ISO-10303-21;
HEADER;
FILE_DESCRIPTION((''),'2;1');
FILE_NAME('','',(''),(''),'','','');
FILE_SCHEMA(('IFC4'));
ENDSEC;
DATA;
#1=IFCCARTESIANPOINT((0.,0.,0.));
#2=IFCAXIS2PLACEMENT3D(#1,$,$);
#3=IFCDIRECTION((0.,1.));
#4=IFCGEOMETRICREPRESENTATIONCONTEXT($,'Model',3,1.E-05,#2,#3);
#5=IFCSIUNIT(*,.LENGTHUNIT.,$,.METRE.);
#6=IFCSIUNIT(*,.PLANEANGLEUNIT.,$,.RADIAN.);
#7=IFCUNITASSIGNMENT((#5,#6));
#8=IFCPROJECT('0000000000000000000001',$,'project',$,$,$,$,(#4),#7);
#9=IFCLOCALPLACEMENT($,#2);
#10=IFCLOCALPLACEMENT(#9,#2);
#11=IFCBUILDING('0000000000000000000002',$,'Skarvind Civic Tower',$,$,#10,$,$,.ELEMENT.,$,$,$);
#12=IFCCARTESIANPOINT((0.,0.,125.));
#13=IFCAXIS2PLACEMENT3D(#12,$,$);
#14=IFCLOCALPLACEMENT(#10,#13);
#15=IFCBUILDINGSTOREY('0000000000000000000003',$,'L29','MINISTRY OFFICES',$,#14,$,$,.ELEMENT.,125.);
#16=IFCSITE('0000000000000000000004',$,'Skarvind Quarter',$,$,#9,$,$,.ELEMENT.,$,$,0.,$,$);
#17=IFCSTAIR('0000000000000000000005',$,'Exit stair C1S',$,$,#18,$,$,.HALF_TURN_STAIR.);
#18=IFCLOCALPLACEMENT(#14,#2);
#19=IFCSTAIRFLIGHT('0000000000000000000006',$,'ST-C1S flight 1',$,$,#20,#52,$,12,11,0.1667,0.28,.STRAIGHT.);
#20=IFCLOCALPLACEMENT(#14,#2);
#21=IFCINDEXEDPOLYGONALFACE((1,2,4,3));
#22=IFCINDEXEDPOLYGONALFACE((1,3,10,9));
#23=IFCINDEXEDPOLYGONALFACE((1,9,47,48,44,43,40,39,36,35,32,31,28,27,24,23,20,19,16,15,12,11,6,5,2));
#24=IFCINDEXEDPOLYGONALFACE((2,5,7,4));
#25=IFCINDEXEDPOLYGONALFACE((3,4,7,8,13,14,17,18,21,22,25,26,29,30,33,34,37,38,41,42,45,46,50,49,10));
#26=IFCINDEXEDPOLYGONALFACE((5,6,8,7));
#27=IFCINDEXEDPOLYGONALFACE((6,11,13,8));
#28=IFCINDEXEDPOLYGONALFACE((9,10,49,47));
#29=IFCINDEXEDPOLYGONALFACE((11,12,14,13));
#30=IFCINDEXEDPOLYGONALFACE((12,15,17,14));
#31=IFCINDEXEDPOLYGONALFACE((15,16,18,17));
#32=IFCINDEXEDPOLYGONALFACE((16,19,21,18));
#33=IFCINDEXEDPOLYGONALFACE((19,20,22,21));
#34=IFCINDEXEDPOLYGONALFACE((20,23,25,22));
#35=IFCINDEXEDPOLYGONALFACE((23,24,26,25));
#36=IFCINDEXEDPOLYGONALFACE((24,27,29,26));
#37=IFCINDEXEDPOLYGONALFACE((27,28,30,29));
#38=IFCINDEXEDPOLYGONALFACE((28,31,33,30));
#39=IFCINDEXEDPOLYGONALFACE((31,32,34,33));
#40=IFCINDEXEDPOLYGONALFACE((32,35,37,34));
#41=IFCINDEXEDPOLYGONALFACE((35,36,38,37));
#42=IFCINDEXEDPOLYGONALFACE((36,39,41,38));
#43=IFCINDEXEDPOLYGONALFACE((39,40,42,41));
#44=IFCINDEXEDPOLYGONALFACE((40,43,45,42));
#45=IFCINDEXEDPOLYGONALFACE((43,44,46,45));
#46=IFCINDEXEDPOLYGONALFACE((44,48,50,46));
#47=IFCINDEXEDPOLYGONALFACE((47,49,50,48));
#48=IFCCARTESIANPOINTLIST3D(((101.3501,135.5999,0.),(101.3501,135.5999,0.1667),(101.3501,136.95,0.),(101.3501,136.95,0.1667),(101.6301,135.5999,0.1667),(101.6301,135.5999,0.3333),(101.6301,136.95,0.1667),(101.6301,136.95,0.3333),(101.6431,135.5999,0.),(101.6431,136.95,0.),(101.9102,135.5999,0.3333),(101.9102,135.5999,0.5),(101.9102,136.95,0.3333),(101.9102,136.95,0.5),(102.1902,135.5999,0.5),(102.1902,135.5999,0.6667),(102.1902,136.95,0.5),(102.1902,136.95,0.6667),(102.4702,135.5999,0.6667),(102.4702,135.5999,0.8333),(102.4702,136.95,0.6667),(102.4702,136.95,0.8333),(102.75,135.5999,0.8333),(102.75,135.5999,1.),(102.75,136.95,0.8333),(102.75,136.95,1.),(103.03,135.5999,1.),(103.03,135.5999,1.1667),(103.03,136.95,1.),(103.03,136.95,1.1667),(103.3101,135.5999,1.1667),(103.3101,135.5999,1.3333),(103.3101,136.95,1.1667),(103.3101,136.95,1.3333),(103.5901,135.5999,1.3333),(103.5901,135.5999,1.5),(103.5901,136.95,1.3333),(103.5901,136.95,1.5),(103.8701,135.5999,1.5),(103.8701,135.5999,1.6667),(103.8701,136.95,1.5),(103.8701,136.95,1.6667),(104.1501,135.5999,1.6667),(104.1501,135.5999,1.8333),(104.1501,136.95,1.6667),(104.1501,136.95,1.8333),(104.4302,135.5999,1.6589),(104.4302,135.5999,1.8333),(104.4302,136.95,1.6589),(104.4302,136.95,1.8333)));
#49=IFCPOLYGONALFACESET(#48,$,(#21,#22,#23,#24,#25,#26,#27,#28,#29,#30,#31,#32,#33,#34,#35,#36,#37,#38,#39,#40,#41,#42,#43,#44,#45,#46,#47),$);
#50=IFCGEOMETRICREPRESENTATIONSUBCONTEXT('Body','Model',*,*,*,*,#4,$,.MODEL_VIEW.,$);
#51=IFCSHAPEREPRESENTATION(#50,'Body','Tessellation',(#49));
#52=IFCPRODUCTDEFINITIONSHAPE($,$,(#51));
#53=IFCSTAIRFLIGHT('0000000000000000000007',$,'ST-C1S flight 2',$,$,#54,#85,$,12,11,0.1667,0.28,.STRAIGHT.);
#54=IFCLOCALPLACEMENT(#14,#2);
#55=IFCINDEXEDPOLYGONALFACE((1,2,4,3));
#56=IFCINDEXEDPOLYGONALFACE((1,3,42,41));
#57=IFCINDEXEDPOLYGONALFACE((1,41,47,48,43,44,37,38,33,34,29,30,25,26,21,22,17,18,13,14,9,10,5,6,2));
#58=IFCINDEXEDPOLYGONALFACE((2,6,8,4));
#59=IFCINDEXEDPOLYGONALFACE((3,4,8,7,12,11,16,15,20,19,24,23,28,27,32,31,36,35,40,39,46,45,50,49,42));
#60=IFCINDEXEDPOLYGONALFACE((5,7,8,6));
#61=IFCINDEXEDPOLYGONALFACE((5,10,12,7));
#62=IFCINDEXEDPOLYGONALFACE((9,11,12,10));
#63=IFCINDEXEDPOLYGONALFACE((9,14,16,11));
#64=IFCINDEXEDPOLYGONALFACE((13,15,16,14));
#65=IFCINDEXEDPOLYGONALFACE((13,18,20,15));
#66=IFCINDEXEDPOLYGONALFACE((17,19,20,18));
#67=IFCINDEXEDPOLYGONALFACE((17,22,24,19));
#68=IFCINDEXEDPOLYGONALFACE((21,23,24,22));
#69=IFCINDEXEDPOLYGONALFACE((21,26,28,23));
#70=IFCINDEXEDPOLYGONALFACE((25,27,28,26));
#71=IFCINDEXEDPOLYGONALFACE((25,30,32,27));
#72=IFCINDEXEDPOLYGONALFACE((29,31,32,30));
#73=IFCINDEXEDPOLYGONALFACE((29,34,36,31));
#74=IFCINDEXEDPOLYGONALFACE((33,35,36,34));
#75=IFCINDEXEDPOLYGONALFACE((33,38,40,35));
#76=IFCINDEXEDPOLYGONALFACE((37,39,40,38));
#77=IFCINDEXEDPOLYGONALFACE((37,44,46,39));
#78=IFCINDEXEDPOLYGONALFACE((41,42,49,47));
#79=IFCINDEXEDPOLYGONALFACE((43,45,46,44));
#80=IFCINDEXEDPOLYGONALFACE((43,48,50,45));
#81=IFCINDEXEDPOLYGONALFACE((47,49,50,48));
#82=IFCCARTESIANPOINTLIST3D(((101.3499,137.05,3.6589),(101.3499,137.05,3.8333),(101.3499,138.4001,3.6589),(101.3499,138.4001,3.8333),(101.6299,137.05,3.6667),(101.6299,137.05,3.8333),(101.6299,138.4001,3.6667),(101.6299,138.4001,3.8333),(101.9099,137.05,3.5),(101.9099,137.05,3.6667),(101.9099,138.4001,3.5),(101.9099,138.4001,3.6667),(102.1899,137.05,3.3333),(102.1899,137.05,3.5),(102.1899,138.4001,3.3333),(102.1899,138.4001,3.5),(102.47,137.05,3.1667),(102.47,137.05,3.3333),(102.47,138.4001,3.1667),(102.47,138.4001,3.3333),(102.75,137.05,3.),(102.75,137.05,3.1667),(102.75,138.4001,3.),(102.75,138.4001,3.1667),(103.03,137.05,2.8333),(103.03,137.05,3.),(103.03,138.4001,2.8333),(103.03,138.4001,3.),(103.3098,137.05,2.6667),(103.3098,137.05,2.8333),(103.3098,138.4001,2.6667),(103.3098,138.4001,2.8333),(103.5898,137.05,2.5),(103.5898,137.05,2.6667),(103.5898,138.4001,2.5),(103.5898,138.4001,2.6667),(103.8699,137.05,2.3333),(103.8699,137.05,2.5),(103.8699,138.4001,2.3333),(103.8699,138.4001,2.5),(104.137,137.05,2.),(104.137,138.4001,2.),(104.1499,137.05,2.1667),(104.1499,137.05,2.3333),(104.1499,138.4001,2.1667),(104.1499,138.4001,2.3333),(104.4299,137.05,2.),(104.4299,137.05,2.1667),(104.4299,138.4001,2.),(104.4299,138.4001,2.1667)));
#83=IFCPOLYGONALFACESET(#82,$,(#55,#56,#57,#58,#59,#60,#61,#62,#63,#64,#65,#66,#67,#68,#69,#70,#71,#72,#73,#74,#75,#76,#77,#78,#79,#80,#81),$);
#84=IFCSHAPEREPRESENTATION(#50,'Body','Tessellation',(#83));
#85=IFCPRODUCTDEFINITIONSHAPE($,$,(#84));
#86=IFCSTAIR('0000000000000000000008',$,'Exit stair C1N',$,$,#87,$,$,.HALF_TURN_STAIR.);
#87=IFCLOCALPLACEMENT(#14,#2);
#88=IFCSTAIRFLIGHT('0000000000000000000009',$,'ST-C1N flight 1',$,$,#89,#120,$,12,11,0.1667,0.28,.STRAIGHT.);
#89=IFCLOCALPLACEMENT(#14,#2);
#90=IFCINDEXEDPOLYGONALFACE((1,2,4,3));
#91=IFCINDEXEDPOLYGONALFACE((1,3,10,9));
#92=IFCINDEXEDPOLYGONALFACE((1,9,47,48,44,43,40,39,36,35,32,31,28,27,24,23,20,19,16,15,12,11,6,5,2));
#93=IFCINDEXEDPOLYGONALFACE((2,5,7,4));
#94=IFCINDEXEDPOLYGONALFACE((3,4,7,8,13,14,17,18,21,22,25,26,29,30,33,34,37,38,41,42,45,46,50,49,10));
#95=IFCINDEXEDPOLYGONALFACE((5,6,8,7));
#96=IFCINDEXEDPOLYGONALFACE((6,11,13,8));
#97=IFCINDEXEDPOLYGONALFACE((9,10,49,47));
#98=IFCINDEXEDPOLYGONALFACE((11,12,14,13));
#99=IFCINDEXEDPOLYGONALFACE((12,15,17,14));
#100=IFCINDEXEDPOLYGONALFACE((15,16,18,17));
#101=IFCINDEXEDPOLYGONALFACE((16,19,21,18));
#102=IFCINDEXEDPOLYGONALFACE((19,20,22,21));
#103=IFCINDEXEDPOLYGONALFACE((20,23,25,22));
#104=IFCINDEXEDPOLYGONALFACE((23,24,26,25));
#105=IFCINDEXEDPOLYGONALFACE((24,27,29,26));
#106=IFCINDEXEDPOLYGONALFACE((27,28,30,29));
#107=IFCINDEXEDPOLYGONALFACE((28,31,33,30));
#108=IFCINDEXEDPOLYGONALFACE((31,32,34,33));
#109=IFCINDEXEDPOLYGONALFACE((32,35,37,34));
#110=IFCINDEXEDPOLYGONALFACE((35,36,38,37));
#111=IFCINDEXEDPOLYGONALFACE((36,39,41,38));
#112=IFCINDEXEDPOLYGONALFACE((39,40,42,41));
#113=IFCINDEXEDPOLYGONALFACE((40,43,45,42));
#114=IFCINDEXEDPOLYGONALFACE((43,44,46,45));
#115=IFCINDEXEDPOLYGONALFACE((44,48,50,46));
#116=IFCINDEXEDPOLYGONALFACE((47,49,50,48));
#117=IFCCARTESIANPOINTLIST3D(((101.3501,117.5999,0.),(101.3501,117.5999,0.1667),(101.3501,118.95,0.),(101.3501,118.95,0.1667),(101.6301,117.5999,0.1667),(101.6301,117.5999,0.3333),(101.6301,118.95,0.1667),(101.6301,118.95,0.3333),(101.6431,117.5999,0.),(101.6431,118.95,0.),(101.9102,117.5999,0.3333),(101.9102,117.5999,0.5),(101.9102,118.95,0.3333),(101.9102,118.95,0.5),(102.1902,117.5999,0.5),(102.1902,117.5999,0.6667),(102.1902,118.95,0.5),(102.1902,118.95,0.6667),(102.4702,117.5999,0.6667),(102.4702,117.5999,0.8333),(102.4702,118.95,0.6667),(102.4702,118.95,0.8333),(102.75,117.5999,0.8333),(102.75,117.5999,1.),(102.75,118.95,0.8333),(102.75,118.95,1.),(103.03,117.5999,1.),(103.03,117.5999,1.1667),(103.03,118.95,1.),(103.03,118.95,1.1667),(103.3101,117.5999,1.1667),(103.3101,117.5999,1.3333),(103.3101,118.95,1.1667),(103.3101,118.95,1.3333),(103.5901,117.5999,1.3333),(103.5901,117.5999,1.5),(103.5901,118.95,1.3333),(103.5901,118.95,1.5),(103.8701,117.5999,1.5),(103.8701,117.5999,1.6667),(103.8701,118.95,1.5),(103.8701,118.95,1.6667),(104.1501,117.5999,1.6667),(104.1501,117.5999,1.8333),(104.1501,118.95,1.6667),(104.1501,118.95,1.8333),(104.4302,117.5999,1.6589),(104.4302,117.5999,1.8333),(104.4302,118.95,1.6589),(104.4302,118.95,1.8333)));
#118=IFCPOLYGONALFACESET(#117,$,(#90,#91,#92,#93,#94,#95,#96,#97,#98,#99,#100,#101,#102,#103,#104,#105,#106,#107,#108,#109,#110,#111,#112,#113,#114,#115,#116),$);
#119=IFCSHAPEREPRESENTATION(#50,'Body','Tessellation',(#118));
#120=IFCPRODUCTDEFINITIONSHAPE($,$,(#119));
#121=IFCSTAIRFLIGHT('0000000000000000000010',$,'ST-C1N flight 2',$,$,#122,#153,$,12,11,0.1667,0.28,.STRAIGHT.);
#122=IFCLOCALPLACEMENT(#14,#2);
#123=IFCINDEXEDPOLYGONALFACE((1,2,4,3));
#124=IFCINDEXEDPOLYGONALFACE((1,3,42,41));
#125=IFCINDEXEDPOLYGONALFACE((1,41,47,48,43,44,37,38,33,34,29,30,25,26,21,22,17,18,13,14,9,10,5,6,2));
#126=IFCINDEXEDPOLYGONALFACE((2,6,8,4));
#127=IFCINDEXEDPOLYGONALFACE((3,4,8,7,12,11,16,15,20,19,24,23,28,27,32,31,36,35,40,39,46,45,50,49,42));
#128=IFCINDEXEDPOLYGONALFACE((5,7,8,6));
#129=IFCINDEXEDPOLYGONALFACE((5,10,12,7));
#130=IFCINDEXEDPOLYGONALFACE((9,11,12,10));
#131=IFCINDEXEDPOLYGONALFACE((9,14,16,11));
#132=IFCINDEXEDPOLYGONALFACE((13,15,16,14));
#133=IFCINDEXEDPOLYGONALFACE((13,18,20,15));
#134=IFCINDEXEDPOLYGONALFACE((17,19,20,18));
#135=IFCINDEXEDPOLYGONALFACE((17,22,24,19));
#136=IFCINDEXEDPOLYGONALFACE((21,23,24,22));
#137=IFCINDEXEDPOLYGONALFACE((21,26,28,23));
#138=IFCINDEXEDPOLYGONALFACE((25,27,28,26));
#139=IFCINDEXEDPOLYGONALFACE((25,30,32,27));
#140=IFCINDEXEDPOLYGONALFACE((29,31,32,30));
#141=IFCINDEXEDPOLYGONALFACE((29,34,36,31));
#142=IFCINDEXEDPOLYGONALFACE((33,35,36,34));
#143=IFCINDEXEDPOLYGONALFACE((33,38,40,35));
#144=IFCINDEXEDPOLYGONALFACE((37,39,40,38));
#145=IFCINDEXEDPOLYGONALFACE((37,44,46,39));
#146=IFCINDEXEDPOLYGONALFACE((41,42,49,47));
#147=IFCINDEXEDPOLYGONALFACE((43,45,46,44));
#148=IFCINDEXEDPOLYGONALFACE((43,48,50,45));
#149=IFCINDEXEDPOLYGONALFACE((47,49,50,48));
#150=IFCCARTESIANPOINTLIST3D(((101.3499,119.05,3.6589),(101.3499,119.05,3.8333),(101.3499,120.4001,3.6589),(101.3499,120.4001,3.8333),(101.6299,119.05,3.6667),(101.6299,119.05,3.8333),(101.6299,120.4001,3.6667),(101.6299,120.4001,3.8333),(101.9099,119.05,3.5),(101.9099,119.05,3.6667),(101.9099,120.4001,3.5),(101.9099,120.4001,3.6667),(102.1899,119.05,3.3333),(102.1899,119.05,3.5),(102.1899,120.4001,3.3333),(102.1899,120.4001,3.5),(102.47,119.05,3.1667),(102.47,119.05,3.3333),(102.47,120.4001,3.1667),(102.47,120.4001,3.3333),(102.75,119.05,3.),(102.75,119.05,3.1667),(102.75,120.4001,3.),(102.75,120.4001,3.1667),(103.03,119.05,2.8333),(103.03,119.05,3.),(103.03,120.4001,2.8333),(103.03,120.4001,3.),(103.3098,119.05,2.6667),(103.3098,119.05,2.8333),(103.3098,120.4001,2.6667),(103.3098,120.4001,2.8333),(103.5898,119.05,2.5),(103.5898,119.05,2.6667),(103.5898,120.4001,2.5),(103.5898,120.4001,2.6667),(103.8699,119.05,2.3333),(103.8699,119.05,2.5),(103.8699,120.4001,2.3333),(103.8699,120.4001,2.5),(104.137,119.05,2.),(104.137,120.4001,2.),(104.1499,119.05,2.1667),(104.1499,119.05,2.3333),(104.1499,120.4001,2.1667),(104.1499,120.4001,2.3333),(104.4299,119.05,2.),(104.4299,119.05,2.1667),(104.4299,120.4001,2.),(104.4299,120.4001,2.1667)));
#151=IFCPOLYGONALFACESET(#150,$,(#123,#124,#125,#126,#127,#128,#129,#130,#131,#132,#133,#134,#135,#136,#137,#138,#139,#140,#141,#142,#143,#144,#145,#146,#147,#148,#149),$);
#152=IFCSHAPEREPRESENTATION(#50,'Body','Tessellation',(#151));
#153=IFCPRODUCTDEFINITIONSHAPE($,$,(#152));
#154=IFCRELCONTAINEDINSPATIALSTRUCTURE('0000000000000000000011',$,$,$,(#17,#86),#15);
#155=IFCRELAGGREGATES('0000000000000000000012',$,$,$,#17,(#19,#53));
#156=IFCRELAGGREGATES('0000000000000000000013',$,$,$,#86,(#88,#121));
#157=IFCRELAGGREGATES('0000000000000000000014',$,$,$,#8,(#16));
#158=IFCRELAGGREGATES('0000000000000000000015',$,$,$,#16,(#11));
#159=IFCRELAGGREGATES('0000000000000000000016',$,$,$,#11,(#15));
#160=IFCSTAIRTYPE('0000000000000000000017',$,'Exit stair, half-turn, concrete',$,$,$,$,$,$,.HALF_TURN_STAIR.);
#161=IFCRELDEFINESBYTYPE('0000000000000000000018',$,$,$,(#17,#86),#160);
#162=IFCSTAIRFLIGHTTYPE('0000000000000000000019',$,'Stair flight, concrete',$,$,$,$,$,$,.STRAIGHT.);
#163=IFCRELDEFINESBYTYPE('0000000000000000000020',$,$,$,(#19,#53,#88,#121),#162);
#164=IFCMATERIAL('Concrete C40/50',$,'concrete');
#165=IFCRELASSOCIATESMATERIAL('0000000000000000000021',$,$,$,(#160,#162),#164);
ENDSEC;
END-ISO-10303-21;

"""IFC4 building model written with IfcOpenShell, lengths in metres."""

from ifc_helpers import new_model, si_unit, direction, frame, origin, place, context, subcontext, project, spatial, polyline, outline, extrude, material, type_object, element, aggregate, save


model = new_model("IFC4")

# Units and contexts
model_context = context("Model", 3, precision=1e-05, world=origin(), true_north=direction((0.0, 1.0)))
body_context = subcontext(model_context, "Body", "Model", "MODEL_VIEW")
ifc_project = project(units=[si_unit("LENGTHUNIT", "METRE"), si_unit("PLANEANGLEUNIT", "RADIAN")], contexts=[model_context])

# Site, building, storey
site_placement = place(None, origin())
site = spatial("IfcSite", under=ifc_project, at=site_placement, Name="Skarvind Quarter", CompositionType="ELEMENT", RefElevation=0.0)
building_placement = place(site_placement, origin())
building = spatial("IfcBuilding", under=site, at=building_placement, Name="Skarvind Civic Tower", CompositionType="ELEMENT")
storey_placement = place(building_placement, frame((0.0, 0.0, 125.0)))
storey = spatial("IfcBuildingStorey", under=building, at=storey_placement, Name="L29", Description="MINISTRY OFFICES", CompositionType="ELEMENT", Elevation=125.0)

# Stairs, stair flights
ifc_material_1 = material(Name="Concrete C40/50", Category="concrete")
stair_type = type_object("IfcStairType", Name="Exit stair, half-turn, concrete", PredefinedType="HALF_TURN_STAIR", material=ifc_material_1)
stair_1_placement = place(storey_placement, origin())
stair_1 = element("IfcStair", 1, at=stair_1_placement, inside=storey, type_object=stair_type, Name="Exit stair C1S", PredefinedType="HALF_TURN_STAIR")
stair_flight_type = type_object("IfcStairFlightType", Name="Stair flight, concrete", PredefinedType="STRAIGHT", material=ifc_material_1)
stair_flight_1_placement = place(storey_placement, frame((101.3501, 136.2749, 0.0), z_axis=(0.0, 0.0, 1.0), x_axis=(1.0, 0.0, 0.0)))
stair_flight_1 = element("IfcStairFlight", 2, at=stair_flight_1_placement, type_object=stair_flight_type, Name="ST-C1S flight 1", NumberOfRisers=12, NumberOfTreads=11, PredefinedType="STRAIGHT", RiserHeight=0.1667, TreadLength=0.28, context=body_context, shape_type="SweptSolid", body=[
    extrude(outline(polyline([(0.0, 0.0), (0.0, 0.1667), (0.28, 0.1667), (0.28, 0.3333), (0.5601, 0.3333), (0.5601, 0.5), (0.8401, 0.5), (0.8401, 0.6667), (1.1201, 0.6667), (1.1201, 0.8333), (1.3999, 0.8333), (1.3999, 1.0), (1.6799, 1.0), (1.6799, 1.1667), (1.96, 1.1667), (1.96, 1.3333), (2.24, 1.3333), (2.24, 1.5), (2.52, 1.5), (2.52, 1.6667), (2.8, 1.6667), (2.8, 1.8333), (3.0801, 1.8333), (3.0801, 2.0), (3.0801, 1.6589), (0.293, 0.0), (0.0, 0.0)])), frame((0.0, 0.675, 0.0), z_axis=(0.0, -1.0, 0.0), x_axis=(1.0, 0.0, 0.0)), (0.0, 0.0, 1.0), 1.3501),
])
stair_flight_2_placement = place(storey_placement, frame((104.4299, 137.7251, 2.0), z_axis=(0.0, 0.0, 1.0), x_axis=(-1.0, 0.0, 0.0)))
stair_flight_2 = element("IfcStairFlight", 3, at=stair_flight_2_placement, type_object=stair_flight_type, Name="ST-C1S flight 2", NumberOfRisers=12, NumberOfTreads=11, PredefinedType="STRAIGHT", RiserHeight=0.1667, TreadLength=0.28, context=body_context, shape_type="SweptSolid", body=[
    extrude(outline(polyline([(0.0, 0.0), (0.0, 0.1667), (0.28, 0.1667), (0.28, 0.3333), (0.5601, 0.3333), (0.5601, 0.5), (0.8401, 0.5), (0.8401, 0.6667), (1.1201, 0.6667), (1.1201, 0.8333), (1.3999, 0.8333), (1.3999, 1.0), (1.6799, 1.0), (1.6799, 1.1667), (1.96, 1.1667), (1.96, 1.3333), (2.24, 1.3333), (2.24, 1.5), (2.52, 1.5), (2.52, 1.6667), (2.8, 1.6667), (2.8, 1.8333), (3.0801, 1.8333), (3.0801, 2.0), (3.0801, 1.6589), (0.293, 0.0), (0.0, 0.0)])), frame((0.0, 0.675, 0.0), z_axis=(0.0, -1.0, 0.0), x_axis=(1.0, 0.0, 0.0)), (0.0, 0.0, 1.0), 1.3501),
])
aggregate(stair_1, [stair_flight_1, stair_flight_2])
stair_2_placement = place(storey_placement, origin())
stair_2 = element("IfcStair", 4, at=stair_2_placement, inside=storey, type_object=stair_type, Name="Exit stair C1N", PredefinedType="HALF_TURN_STAIR")
stair_flight_3_placement = place(storey_placement, frame((101.3501, 118.2749, 0.0), z_axis=(0.0, 0.0, 1.0), x_axis=(1.0, 0.0, 0.0)))
stair_flight_3 = element("IfcStairFlight", 5, at=stair_flight_3_placement, type_object=stair_flight_type, Name="ST-C1N flight 1", NumberOfRisers=12, NumberOfTreads=11, PredefinedType="STRAIGHT", RiserHeight=0.1667, TreadLength=0.28, context=body_context, shape_type="SweptSolid", body=[
    extrude(outline(polyline([(0.0, 0.0), (0.0, 0.1667), (0.28, 0.1667), (0.28, 0.3333), (0.5601, 0.3333), (0.5601, 0.5), (0.8401, 0.5), (0.8401, 0.6667), (1.1201, 0.6667), (1.1201, 0.8333), (1.3999, 0.8333), (1.3999, 1.0), (1.6799, 1.0), (1.6799, 1.1667), (1.96, 1.1667), (1.96, 1.3333), (2.24, 1.3333), (2.24, 1.5), (2.52, 1.5), (2.52, 1.6667), (2.8, 1.6667), (2.8, 1.8333), (3.0801, 1.8333), (3.0801, 2.0), (3.0801, 1.6589), (0.293, 0.0), (0.0, 0.0)])), frame((0.0, 0.675, 0.0), z_axis=(0.0, -1.0, 0.0), x_axis=(1.0, 0.0, 0.0)), (0.0, 0.0, 1.0), 1.3501),
])
stair_flight_4_placement = place(storey_placement, frame((104.4299, 119.7251, 2.0), z_axis=(0.0, 0.0, 1.0), x_axis=(-1.0, 0.0, 0.0)))
stair_flight_4 = element("IfcStairFlight", 6, at=stair_flight_4_placement, type_object=stair_flight_type, Name="ST-C1N flight 2", NumberOfRisers=12, NumberOfTreads=11, PredefinedType="STRAIGHT", RiserHeight=0.1667, TreadLength=0.28, context=body_context, shape_type="SweptSolid", body=[
    extrude(outline(polyline([(0.0, 0.0), (0.0, 0.1667), (0.28, 0.1667), (0.28, 0.3333), (0.5601, 0.3333), (0.5601, 0.5), (0.8401, 0.5), (0.8401, 0.6667), (1.1201, 0.6667), (1.1201, 0.8333), (1.3999, 0.8333), (1.3999, 1.0), (1.6799, 1.0), (1.6799, 1.1667), (1.96, 1.1667), (1.96, 1.3333), (2.24, 1.3333), (2.24, 1.5), (2.52, 1.5), (2.52, 1.6667), (2.8, 1.6667), (2.8, 1.8333), (3.0801, 1.8333), (3.0801, 2.0), (3.0801, 1.6589), (0.293, 0.0), (0.0, 0.0)])), frame((0.0, 0.675, 0.0), z_axis=(0.0, -1.0, 0.0), x_axis=(1.0, 0.0, 0.0)), (0.0, 0.0, 1.0), 1.3501),
])
aggregate(stair_2, [stair_flight_3, stair_flight_4])

save(model, "model.ifc")
